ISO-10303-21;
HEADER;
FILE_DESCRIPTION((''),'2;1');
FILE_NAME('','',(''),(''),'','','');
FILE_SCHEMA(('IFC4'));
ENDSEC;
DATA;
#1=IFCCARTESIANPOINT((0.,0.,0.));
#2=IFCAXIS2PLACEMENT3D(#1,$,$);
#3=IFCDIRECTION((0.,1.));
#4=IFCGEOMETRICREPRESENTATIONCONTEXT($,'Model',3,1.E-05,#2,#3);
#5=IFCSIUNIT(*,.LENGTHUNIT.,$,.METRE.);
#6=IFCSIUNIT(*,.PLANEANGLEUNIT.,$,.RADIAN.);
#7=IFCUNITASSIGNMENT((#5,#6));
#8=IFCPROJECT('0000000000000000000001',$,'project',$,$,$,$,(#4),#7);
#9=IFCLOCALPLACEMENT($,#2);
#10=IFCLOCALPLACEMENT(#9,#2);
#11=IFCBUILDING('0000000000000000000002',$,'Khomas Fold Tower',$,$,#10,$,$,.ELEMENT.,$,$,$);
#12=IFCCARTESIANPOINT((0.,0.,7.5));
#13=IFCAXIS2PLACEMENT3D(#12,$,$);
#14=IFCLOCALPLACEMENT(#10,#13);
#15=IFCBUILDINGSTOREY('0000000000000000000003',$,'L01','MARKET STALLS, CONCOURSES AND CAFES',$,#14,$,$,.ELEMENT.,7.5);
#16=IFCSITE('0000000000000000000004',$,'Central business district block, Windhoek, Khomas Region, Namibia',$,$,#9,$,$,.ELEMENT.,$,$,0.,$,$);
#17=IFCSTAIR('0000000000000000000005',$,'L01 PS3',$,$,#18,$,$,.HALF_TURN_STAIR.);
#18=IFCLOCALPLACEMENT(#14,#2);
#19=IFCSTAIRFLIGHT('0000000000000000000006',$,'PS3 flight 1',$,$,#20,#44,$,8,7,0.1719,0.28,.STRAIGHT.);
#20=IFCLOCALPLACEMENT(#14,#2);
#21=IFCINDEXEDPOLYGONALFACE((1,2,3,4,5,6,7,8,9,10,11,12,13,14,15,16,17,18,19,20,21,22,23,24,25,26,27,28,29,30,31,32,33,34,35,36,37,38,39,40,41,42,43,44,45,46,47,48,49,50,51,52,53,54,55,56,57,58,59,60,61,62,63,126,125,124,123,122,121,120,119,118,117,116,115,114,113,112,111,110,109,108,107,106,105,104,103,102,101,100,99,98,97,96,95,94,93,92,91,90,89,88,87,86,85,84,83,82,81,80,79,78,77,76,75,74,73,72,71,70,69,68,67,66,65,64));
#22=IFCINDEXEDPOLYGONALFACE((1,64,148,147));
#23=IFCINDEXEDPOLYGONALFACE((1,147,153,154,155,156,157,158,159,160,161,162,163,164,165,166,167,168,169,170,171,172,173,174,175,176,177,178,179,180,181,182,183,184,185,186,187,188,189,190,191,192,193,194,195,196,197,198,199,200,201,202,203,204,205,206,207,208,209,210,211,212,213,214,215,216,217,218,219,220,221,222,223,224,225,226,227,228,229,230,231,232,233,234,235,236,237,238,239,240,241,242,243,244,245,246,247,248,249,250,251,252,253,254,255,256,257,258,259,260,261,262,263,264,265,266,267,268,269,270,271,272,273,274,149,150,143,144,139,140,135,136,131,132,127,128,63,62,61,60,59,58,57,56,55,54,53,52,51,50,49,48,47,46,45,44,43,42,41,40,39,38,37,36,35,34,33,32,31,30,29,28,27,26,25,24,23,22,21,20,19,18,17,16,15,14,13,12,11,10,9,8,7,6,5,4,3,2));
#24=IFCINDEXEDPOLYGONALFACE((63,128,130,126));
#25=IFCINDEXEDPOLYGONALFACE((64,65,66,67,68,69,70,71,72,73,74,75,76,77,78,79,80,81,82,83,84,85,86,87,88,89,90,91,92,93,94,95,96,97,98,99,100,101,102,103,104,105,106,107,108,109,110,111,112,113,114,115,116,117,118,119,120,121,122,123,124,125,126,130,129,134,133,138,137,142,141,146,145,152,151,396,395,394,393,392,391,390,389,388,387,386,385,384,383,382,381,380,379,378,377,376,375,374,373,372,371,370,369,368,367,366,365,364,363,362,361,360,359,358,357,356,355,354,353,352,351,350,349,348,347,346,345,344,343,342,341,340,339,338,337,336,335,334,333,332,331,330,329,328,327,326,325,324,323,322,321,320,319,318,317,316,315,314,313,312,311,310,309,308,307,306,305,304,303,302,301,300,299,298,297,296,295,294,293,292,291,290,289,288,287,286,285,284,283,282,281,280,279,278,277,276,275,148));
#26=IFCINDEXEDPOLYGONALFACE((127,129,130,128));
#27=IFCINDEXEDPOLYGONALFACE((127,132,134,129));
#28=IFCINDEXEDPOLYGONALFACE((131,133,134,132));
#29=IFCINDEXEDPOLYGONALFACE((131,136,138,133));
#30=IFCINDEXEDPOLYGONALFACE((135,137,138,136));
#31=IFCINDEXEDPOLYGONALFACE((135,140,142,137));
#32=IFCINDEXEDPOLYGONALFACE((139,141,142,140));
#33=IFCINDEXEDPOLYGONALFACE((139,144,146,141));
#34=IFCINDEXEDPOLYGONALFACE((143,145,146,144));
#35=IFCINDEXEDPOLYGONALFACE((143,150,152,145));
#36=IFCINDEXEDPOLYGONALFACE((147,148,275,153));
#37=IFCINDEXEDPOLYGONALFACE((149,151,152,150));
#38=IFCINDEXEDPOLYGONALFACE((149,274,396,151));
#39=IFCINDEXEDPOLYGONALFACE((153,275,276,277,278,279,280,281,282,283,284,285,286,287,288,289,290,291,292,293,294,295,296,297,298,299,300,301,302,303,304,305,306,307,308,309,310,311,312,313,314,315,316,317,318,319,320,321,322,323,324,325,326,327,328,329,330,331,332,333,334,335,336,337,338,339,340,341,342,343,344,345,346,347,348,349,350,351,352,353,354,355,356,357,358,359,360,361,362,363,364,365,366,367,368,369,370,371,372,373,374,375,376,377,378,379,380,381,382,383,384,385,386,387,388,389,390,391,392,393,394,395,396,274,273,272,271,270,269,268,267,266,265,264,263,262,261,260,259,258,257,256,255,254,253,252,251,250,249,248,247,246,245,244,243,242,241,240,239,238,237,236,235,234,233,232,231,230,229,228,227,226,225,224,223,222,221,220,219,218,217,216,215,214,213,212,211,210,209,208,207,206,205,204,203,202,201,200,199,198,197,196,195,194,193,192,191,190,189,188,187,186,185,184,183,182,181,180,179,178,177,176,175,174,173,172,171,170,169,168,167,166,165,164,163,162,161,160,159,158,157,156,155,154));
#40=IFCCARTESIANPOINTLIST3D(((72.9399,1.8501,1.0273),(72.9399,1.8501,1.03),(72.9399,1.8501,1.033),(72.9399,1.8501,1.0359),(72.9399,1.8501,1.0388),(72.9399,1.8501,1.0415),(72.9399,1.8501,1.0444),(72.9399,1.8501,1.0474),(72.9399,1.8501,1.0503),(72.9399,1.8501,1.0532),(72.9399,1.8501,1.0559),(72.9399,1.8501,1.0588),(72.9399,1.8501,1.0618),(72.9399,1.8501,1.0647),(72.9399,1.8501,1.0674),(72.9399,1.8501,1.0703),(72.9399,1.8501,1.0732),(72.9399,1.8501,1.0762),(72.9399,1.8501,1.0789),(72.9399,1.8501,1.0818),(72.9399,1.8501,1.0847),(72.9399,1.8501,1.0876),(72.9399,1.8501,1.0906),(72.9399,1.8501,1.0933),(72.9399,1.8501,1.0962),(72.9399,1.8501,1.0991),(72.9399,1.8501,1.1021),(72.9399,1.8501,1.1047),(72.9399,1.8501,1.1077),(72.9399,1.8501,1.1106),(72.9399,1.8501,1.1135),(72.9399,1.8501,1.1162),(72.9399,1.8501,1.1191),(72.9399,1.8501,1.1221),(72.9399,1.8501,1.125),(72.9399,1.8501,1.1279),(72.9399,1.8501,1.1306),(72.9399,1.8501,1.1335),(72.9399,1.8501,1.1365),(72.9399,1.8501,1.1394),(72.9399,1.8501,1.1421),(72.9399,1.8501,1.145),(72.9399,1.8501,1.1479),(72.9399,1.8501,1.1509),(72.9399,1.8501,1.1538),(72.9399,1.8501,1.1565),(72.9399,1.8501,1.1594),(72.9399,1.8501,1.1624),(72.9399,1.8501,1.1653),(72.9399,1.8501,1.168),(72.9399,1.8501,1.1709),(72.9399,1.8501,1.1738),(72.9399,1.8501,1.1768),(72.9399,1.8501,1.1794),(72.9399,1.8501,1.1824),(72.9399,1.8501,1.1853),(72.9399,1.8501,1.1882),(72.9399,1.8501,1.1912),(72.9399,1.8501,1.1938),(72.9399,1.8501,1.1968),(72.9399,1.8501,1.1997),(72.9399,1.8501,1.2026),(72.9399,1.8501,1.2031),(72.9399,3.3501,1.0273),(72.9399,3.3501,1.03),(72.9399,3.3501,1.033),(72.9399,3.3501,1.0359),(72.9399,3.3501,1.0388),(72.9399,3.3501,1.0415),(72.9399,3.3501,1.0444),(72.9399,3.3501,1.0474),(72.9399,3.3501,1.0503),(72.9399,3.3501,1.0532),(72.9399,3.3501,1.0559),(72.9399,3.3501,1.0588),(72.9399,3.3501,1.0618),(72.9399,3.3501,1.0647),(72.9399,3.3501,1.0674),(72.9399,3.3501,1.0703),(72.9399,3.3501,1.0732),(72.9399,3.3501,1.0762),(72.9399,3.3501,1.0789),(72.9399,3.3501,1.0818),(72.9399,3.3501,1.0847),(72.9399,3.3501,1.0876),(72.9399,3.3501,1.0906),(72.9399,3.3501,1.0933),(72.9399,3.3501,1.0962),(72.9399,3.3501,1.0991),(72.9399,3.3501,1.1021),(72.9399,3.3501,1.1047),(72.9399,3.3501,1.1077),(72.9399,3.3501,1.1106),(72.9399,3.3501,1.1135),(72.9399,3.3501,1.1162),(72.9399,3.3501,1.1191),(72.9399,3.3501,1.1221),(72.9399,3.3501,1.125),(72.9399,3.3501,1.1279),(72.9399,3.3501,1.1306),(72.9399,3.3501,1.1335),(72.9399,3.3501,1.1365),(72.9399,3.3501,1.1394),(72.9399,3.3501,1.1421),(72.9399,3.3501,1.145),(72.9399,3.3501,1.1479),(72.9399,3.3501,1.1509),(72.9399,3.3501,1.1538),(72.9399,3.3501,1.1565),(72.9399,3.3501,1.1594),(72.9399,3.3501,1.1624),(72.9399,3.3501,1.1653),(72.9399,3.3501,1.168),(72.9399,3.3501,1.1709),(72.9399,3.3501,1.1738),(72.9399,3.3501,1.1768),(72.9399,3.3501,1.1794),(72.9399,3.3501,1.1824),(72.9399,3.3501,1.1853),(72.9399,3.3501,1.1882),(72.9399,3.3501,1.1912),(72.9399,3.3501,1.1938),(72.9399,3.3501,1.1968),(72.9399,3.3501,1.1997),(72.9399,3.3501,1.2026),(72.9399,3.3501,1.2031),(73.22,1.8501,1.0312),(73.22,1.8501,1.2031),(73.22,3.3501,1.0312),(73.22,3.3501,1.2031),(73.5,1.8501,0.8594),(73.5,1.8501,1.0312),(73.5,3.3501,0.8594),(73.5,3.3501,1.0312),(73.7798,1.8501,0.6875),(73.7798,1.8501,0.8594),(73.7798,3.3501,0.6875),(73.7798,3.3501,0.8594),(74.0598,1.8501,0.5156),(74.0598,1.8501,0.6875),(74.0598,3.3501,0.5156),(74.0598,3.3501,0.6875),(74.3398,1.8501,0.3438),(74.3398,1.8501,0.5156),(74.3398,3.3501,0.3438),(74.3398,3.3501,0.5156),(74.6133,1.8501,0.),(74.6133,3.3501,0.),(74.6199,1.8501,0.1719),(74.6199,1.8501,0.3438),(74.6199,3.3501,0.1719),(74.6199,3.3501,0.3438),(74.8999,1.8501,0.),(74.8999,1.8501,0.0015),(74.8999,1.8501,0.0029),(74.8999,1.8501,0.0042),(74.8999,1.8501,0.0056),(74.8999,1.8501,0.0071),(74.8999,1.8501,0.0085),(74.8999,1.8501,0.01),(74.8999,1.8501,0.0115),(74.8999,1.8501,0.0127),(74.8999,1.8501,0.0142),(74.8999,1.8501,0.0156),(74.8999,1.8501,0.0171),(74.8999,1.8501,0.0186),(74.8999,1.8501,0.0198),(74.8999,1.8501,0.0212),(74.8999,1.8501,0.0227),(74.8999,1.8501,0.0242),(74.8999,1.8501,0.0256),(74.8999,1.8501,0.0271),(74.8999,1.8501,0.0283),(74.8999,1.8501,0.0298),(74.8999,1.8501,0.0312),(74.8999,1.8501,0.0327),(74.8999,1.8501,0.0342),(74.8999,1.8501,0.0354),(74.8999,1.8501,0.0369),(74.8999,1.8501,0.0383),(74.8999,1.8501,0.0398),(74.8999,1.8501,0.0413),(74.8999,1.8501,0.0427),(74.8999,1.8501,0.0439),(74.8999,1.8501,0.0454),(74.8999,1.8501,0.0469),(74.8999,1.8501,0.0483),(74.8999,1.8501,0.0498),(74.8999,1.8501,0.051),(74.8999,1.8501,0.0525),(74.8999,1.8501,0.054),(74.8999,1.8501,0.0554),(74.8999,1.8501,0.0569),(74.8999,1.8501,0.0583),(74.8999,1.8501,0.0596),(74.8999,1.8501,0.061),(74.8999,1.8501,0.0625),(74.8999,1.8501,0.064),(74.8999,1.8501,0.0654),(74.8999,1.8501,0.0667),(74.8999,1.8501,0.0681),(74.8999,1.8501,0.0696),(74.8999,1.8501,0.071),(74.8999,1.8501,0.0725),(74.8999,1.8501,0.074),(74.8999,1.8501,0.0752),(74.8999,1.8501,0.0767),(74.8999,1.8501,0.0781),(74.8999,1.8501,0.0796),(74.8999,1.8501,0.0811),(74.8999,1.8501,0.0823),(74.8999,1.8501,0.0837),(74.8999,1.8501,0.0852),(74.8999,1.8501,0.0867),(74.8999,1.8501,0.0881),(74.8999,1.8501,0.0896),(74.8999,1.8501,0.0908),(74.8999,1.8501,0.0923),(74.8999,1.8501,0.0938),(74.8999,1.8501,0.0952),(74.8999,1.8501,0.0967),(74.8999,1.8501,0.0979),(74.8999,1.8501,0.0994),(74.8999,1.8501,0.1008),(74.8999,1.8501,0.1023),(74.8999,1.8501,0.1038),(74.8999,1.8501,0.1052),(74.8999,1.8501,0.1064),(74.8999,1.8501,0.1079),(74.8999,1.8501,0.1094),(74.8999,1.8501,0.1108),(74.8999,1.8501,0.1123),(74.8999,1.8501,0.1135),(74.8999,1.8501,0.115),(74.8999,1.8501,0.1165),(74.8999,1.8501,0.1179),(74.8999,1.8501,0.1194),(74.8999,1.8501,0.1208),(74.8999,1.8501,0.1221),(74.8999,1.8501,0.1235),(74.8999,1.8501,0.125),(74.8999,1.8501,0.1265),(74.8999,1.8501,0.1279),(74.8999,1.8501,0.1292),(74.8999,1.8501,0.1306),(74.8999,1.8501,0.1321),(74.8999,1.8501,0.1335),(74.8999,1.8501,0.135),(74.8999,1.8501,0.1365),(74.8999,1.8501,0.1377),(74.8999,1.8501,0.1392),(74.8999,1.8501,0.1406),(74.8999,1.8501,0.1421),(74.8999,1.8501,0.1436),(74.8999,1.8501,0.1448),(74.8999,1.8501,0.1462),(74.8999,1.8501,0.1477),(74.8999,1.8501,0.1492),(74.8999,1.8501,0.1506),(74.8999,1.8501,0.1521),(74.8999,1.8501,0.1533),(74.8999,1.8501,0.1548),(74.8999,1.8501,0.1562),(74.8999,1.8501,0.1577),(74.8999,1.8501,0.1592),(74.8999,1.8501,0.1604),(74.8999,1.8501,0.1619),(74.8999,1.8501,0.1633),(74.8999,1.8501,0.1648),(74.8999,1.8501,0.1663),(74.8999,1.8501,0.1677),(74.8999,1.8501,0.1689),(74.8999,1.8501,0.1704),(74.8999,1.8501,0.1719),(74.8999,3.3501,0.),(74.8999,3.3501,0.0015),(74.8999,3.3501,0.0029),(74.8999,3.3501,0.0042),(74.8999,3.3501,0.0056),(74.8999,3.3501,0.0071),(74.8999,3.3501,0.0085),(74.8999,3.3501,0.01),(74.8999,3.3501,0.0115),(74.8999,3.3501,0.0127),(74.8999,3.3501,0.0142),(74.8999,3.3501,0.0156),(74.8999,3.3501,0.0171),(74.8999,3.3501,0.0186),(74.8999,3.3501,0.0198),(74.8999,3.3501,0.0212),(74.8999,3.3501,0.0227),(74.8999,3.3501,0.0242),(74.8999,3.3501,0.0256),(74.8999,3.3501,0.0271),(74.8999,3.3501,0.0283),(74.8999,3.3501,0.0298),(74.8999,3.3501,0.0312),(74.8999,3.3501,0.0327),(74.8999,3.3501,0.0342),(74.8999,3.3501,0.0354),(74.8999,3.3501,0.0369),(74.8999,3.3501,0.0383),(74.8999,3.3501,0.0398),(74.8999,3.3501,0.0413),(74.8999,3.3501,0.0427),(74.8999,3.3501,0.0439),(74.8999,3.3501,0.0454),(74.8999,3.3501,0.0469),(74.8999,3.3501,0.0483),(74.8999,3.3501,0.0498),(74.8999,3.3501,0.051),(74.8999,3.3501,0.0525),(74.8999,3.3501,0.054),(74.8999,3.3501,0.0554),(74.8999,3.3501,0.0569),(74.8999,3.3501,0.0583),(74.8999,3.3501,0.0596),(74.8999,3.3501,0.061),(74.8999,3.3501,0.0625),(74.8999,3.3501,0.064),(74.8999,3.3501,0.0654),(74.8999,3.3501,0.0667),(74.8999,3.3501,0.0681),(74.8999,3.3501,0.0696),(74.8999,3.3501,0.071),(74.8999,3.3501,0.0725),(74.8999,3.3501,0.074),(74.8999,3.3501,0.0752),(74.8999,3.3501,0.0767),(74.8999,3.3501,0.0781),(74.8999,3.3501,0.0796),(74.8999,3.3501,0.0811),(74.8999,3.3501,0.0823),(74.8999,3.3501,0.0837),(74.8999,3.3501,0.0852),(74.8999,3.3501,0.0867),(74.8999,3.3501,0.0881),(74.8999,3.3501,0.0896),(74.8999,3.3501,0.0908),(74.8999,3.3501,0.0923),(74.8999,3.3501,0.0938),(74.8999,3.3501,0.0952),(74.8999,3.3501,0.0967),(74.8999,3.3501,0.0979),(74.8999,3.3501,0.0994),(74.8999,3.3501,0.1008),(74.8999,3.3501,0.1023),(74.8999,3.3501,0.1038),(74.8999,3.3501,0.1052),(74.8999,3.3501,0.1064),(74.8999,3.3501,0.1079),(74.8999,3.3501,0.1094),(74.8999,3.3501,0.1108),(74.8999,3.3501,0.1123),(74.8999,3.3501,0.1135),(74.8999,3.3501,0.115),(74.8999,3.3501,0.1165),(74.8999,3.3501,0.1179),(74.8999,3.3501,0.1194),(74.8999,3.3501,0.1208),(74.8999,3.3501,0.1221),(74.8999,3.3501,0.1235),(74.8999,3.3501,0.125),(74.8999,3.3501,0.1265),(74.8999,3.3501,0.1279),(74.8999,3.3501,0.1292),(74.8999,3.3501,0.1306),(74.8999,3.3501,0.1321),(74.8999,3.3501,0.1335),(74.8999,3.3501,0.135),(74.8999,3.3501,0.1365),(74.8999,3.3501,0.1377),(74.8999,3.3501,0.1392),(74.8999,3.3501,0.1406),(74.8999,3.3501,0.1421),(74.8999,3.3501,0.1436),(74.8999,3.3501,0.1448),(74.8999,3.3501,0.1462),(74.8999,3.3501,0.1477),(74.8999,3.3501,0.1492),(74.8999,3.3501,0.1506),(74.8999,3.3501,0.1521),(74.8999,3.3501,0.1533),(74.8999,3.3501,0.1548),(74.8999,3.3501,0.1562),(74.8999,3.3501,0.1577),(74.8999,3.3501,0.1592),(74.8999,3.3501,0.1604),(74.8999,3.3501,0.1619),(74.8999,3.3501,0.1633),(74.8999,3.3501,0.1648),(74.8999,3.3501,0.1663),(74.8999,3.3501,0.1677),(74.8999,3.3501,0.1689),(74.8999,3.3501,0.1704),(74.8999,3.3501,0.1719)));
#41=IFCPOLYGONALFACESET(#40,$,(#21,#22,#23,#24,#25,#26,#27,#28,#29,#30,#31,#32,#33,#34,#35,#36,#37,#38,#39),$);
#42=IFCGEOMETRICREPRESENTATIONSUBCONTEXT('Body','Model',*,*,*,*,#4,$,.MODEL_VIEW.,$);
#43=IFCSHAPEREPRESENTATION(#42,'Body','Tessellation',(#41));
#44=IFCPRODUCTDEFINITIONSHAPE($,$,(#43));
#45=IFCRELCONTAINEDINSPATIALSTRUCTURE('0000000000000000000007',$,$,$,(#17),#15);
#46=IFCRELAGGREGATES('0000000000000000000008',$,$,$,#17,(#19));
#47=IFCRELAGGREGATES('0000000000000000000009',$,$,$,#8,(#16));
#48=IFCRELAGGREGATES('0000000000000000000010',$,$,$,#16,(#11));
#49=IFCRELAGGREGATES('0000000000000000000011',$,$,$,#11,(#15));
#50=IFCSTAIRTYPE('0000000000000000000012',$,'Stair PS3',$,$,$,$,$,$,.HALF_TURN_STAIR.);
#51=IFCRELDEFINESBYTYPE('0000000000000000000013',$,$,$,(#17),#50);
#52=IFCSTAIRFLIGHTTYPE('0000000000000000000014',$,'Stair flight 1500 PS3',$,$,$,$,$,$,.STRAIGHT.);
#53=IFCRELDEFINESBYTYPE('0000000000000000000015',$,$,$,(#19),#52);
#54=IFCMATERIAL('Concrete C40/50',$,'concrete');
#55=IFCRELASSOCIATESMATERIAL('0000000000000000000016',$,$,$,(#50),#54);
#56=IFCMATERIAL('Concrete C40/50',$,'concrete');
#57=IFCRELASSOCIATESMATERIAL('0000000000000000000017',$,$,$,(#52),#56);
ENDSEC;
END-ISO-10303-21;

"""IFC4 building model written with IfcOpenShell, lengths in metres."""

from ifc_helpers import new_model, si_unit, direction, frame, origin, place, context, subcontext, project, spatial, polyline, outline, extrude, source, transform, mapped, material, type_object, element, aggregate, save


model = new_model("IFC4")

# Units and contexts
model_context = context("Model", 3, precision=1e-05, world=origin(), true_north=direction((0.0, 1.0)))
body_context = subcontext(model_context, "Body", "Model", "MODEL_VIEW")
ifc_project = project(units=[si_unit("LENGTHUNIT", "METRE"), si_unit("PLANEANGLEUNIT", "RADIAN")], contexts=[model_context])

# Site, building, storey
site_placement = place(None, origin())
site = spatial("IfcSite", under=ifc_project, at=site_placement, Name="Central business district block, Windhoek, Khomas Region, Namibia", CompositionType="ELEMENT", RefElevation=0.0)
building_placement = place(site_placement, origin())
building = spatial("IfcBuilding", under=site, at=building_placement, Name="Khomas Fold Tower", CompositionType="ELEMENT")
storey_placement = place(building_placement, frame((0.0, 0.0, 7.5)))
storey = spatial("IfcBuildingStorey", under=building, at=storey_placement, Name="L01", Description="MARKET STALLS, CONCOURSES AND CAFES", CompositionType="ELEMENT", Elevation=7.5)

# Stair, stair flight
ifc_material_1 = material(Name="Concrete C40/50", Category="concrete")
stair_type_1 = type_object("IfcStairType", Name="Stair PS3", PredefinedType="HALF_TURN_STAIR", material=ifc_material_1)
stair_1_placement = place(storey_placement, origin())
stair_1 = element("IfcStair", 1, at=stair_1_placement, inside=storey, type_object=stair_type_1, Name="L01 PS3", PredefinedType="HALF_TURN_STAIR")
ifc_material_2 = material(Name="Concrete C40/50", Category="concrete")
stair_flight_type_1 = type_object("IfcStairFlightType", Name="Stair flight 1500 PS3", PredefinedType="STRAIGHT", material=ifc_material_2)
shared_shape_1 = source(origin(), body_context, "Body", "SweptSolid", [
    extrude(outline(polyline([(0.0, 0.0), (0.0, 0.0015), (0.0, 0.0029), (0.0, 0.0042), (0.0, 0.0056), (0.0, 0.0071), (0.0, 0.0085), (0.0, 0.01), (0.0, 0.0115), (0.0, 0.0127), (0.0, 0.0142), (0.0, 0.0156), (0.0, 0.0171), (0.0, 0.0186), (0.0, 0.0198), (0.0, 0.0212), (0.0, 0.0227), (0.0, 0.0242), (0.0, 0.0256), (0.0, 0.0271), (0.0, 0.0283), (0.0, 0.0298), (0.0, 0.0312), (0.0, 0.0327), (0.0, 0.0342), (0.0, 0.0354), (0.0, 0.0369), (0.0, 0.0383), (0.0, 0.0398), (0.0, 0.0413), (0.0, 0.0427), (0.0, 0.0439), (0.0, 0.0454), (0.0, 0.0469), (0.0, 0.0483), (0.0, 0.0498), (0.0, 0.051), (0.0, 0.0525), (0.0, 0.054), (0.0, 0.0554), (0.0, 0.0569), (0.0, 0.0583), (0.0, 0.0596), (0.0, 0.061), (0.0, 0.0625), (0.0, 0.064), (0.0, 0.0654), (0.0, 0.0667), (0.0, 0.0681), (0.0, 0.0696), (0.0, 0.071), (0.0, 0.0725), (0.0, 0.074), (0.0, 0.0752), (0.0, 0.0767), (0.0, 0.0781), (0.0, 0.0796), (0.0, 0.0811), (0.0, 0.0823), (0.0, 0.0837), (0.0, 0.0852), (0.0, 0.0867), (0.0, 0.0881), (0.0, 0.0896), (0.0, 0.0908), (0.0, 0.0923), (0.0, 0.0938), (0.0, 0.0952), (0.0, 0.0967), (0.0, 0.0979), (0.0, 0.0994), (0.0, 0.1008), (0.0, 0.1023), (0.0, 0.1038), (0.0, 0.1052), (0.0, 0.1064), (0.0, 0.1079), (0.0, 0.1094), (0.0, 0.1108), (0.0, 0.1123), (0.0, 0.1135), (0.0, 0.115), (0.0, 0.1165), (0.0, 0.1179), (0.0, 0.1194), (0.0, 0.1208), (0.0, 0.1221), (0.0, 0.1235), (0.0, 0.125), (0.0, 0.1265), (0.0, 0.1279), (0.0, 0.1292), (0.0, 0.1306), (0.0, 0.1321), (0.0, 0.1335), (0.0, 0.135), (0.0, 0.1365), (0.0, 0.1377), (0.0, 0.1392), (0.0, 0.1406), (0.0, 0.1421), (0.0, 0.1436), (0.0, 0.1448), (0.0, 0.1462), (0.0, 0.1477), (0.0, 0.1492), (0.0, 0.1506), (0.0, 0.1521), (0.0, 0.1533), (0.0, 0.1548), (0.0, 0.1562), (0.0, 0.1577), (0.0, 0.1592), (0.0, 0.1604), (0.0, 0.1619), (0.0, 0.1633), (0.0, 0.1648), (0.0, 0.1663), (0.0, 0.1677), (0.0, 0.1689), (0.0, 0.1704), (0.0, 0.1719), (0.28, 0.1719), (0.28, 0.3438), (0.5601, 0.3438), (0.5601, 0.5156), (0.8401, 0.5156), (0.8401, 0.6875), (1.1201, 0.6875), (1.1201, 0.8594), (1.3999, 0.8594), (1.3999, 1.0312), (1.6799, 1.0312), (1.6799, 1.2031), (1.96, 1.2031), (1.96, 1.375), (1.96, 1.3721), (1.96, 1.3691), (1.96, 1.3665), (1.96, 1.3635), (1.96, 1.3606), (1.96, 1.3577), (1.96, 1.355), (1.96, 1.3521), (1.96, 1.3491), (1.96, 1.3462), (1.96, 1.3435), (1.96, 1.3406), (1.96, 1.3376), (1.96, 1.3347), (1.96, 1.3318), (1.96, 1.3291), (1.96, 1.3262), (1.96, 1.3232), (1.96, 1.3203), (1.96, 1.3176), (1.96, 1.3147), (1.96, 1.3118), (1.96, 1.3088), (1.96, 1.3059), (1.96, 1.3032), (1.96, 1.3003), (1.96, 1.2974), (1.96, 1.2944), (1.96, 1.2917), (1.96, 1.2888), (1.96, 1.2859), (1.96, 1.283), (1.96, 1.2803), (1.96, 1.2773), (1.96, 1.2744), (1.96, 1.2715), (1.96, 1.2686), (1.96, 1.2659), (1.96, 1.2629), (1.96, 1.26), (1.96, 1.2571), (1.96, 1.2544), (1.96, 1.2515), (1.96, 1.2485), (1.96, 1.2456), (1.96, 1.2427), (1.96, 1.24), (1.96, 1.2371), (1.96, 1.2341), (1.96, 1.2312), (1.96, 1.2285), (1.96, 1.2256), (1.96, 1.2227), (1.96, 1.2197), (1.96, 1.217), (1.96, 1.2141), (1.96, 1.2112), (1.96, 1.2083), (1.96, 1.2053), (1.96, 1.2026), (1.96, 1.1997), (1.96, 1.1968), (1.96, 1.1938), (1.96, 1.1912), (1.96, 1.1882), (1.96, 1.1853), (1.96, 1.1824), (1.96, 1.1794), (1.96, 1.1768), (1.96, 1.1738), (1.96, 1.1709), (1.96, 1.168), (1.96, 1.1653), (1.96, 1.1624), (1.96, 1.1594), (1.96, 1.1565), (1.96, 1.1538), (1.96, 1.1509), (1.96, 1.1479), (1.96, 1.145), (1.96, 1.1421), (1.96, 1.1394), (1.96, 1.1365), (1.96, 1.1335), (1.96, 1.1306), (1.96, 1.1279), (1.96, 1.125), (1.96, 1.1221), (1.96, 1.1191), (1.96, 1.1162), (1.96, 1.1135), (1.96, 1.1106), (1.96, 1.1077), (1.96, 1.1047), (1.96, 1.1021), (1.96, 1.0991), (1.96, 1.0962), (1.96, 1.0933), (1.96, 1.0906), (1.96, 1.0876), (1.96, 1.0847), (1.96, 1.0818), (1.96, 1.0789), (1.96, 1.0762), (1.96, 1.0732), (1.96, 1.0703), (1.96, 1.0674), (1.96, 1.0647), (1.96, 1.0618), (1.96, 1.0588), (1.96, 1.0559), (1.96, 1.0532), (1.96, 1.0503), (1.96, 1.0474), (1.96, 1.0444), (1.96, 1.0415), (1.96, 1.0388), (1.96, 1.0359), (1.96, 1.033), (1.96, 1.03), (1.96, 1.0273), (0.2866, 0.0), (0.0, 0.0)])), frame((0.0, 0.75, 0.0), z_axis=(0.0, -1.0, 0.0), x_axis=(1.0, 0.0, 0.0)), (0.0, 0.0, 1.0), 1.5),
])
stair_flight_1_placement = place(storey_placement, frame((74.8999, 2.6001, 0.0), z_axis=(0.0, 0.0, 1.0), x_axis=(-1.0, 0.0, 0.0)))
stair_flight_1 = element("IfcStairFlight", 2, at=stair_flight_1_placement, type_object=stair_flight_type_1, Name="PS3 flight 1", NumberOfRisers=8, NumberOfTreads=7, PredefinedType="STRAIGHT", RiserHeight=0.1719, TreadLength=0.28, context=body_context, shape_type="MappedRepresentation", body=[
    mapped(shared_shape_1, transform((0.0, 0.0, 0.0))),
])
aggregate(stair_1, [stair_flight_1])

save(model, "model.ifc")
